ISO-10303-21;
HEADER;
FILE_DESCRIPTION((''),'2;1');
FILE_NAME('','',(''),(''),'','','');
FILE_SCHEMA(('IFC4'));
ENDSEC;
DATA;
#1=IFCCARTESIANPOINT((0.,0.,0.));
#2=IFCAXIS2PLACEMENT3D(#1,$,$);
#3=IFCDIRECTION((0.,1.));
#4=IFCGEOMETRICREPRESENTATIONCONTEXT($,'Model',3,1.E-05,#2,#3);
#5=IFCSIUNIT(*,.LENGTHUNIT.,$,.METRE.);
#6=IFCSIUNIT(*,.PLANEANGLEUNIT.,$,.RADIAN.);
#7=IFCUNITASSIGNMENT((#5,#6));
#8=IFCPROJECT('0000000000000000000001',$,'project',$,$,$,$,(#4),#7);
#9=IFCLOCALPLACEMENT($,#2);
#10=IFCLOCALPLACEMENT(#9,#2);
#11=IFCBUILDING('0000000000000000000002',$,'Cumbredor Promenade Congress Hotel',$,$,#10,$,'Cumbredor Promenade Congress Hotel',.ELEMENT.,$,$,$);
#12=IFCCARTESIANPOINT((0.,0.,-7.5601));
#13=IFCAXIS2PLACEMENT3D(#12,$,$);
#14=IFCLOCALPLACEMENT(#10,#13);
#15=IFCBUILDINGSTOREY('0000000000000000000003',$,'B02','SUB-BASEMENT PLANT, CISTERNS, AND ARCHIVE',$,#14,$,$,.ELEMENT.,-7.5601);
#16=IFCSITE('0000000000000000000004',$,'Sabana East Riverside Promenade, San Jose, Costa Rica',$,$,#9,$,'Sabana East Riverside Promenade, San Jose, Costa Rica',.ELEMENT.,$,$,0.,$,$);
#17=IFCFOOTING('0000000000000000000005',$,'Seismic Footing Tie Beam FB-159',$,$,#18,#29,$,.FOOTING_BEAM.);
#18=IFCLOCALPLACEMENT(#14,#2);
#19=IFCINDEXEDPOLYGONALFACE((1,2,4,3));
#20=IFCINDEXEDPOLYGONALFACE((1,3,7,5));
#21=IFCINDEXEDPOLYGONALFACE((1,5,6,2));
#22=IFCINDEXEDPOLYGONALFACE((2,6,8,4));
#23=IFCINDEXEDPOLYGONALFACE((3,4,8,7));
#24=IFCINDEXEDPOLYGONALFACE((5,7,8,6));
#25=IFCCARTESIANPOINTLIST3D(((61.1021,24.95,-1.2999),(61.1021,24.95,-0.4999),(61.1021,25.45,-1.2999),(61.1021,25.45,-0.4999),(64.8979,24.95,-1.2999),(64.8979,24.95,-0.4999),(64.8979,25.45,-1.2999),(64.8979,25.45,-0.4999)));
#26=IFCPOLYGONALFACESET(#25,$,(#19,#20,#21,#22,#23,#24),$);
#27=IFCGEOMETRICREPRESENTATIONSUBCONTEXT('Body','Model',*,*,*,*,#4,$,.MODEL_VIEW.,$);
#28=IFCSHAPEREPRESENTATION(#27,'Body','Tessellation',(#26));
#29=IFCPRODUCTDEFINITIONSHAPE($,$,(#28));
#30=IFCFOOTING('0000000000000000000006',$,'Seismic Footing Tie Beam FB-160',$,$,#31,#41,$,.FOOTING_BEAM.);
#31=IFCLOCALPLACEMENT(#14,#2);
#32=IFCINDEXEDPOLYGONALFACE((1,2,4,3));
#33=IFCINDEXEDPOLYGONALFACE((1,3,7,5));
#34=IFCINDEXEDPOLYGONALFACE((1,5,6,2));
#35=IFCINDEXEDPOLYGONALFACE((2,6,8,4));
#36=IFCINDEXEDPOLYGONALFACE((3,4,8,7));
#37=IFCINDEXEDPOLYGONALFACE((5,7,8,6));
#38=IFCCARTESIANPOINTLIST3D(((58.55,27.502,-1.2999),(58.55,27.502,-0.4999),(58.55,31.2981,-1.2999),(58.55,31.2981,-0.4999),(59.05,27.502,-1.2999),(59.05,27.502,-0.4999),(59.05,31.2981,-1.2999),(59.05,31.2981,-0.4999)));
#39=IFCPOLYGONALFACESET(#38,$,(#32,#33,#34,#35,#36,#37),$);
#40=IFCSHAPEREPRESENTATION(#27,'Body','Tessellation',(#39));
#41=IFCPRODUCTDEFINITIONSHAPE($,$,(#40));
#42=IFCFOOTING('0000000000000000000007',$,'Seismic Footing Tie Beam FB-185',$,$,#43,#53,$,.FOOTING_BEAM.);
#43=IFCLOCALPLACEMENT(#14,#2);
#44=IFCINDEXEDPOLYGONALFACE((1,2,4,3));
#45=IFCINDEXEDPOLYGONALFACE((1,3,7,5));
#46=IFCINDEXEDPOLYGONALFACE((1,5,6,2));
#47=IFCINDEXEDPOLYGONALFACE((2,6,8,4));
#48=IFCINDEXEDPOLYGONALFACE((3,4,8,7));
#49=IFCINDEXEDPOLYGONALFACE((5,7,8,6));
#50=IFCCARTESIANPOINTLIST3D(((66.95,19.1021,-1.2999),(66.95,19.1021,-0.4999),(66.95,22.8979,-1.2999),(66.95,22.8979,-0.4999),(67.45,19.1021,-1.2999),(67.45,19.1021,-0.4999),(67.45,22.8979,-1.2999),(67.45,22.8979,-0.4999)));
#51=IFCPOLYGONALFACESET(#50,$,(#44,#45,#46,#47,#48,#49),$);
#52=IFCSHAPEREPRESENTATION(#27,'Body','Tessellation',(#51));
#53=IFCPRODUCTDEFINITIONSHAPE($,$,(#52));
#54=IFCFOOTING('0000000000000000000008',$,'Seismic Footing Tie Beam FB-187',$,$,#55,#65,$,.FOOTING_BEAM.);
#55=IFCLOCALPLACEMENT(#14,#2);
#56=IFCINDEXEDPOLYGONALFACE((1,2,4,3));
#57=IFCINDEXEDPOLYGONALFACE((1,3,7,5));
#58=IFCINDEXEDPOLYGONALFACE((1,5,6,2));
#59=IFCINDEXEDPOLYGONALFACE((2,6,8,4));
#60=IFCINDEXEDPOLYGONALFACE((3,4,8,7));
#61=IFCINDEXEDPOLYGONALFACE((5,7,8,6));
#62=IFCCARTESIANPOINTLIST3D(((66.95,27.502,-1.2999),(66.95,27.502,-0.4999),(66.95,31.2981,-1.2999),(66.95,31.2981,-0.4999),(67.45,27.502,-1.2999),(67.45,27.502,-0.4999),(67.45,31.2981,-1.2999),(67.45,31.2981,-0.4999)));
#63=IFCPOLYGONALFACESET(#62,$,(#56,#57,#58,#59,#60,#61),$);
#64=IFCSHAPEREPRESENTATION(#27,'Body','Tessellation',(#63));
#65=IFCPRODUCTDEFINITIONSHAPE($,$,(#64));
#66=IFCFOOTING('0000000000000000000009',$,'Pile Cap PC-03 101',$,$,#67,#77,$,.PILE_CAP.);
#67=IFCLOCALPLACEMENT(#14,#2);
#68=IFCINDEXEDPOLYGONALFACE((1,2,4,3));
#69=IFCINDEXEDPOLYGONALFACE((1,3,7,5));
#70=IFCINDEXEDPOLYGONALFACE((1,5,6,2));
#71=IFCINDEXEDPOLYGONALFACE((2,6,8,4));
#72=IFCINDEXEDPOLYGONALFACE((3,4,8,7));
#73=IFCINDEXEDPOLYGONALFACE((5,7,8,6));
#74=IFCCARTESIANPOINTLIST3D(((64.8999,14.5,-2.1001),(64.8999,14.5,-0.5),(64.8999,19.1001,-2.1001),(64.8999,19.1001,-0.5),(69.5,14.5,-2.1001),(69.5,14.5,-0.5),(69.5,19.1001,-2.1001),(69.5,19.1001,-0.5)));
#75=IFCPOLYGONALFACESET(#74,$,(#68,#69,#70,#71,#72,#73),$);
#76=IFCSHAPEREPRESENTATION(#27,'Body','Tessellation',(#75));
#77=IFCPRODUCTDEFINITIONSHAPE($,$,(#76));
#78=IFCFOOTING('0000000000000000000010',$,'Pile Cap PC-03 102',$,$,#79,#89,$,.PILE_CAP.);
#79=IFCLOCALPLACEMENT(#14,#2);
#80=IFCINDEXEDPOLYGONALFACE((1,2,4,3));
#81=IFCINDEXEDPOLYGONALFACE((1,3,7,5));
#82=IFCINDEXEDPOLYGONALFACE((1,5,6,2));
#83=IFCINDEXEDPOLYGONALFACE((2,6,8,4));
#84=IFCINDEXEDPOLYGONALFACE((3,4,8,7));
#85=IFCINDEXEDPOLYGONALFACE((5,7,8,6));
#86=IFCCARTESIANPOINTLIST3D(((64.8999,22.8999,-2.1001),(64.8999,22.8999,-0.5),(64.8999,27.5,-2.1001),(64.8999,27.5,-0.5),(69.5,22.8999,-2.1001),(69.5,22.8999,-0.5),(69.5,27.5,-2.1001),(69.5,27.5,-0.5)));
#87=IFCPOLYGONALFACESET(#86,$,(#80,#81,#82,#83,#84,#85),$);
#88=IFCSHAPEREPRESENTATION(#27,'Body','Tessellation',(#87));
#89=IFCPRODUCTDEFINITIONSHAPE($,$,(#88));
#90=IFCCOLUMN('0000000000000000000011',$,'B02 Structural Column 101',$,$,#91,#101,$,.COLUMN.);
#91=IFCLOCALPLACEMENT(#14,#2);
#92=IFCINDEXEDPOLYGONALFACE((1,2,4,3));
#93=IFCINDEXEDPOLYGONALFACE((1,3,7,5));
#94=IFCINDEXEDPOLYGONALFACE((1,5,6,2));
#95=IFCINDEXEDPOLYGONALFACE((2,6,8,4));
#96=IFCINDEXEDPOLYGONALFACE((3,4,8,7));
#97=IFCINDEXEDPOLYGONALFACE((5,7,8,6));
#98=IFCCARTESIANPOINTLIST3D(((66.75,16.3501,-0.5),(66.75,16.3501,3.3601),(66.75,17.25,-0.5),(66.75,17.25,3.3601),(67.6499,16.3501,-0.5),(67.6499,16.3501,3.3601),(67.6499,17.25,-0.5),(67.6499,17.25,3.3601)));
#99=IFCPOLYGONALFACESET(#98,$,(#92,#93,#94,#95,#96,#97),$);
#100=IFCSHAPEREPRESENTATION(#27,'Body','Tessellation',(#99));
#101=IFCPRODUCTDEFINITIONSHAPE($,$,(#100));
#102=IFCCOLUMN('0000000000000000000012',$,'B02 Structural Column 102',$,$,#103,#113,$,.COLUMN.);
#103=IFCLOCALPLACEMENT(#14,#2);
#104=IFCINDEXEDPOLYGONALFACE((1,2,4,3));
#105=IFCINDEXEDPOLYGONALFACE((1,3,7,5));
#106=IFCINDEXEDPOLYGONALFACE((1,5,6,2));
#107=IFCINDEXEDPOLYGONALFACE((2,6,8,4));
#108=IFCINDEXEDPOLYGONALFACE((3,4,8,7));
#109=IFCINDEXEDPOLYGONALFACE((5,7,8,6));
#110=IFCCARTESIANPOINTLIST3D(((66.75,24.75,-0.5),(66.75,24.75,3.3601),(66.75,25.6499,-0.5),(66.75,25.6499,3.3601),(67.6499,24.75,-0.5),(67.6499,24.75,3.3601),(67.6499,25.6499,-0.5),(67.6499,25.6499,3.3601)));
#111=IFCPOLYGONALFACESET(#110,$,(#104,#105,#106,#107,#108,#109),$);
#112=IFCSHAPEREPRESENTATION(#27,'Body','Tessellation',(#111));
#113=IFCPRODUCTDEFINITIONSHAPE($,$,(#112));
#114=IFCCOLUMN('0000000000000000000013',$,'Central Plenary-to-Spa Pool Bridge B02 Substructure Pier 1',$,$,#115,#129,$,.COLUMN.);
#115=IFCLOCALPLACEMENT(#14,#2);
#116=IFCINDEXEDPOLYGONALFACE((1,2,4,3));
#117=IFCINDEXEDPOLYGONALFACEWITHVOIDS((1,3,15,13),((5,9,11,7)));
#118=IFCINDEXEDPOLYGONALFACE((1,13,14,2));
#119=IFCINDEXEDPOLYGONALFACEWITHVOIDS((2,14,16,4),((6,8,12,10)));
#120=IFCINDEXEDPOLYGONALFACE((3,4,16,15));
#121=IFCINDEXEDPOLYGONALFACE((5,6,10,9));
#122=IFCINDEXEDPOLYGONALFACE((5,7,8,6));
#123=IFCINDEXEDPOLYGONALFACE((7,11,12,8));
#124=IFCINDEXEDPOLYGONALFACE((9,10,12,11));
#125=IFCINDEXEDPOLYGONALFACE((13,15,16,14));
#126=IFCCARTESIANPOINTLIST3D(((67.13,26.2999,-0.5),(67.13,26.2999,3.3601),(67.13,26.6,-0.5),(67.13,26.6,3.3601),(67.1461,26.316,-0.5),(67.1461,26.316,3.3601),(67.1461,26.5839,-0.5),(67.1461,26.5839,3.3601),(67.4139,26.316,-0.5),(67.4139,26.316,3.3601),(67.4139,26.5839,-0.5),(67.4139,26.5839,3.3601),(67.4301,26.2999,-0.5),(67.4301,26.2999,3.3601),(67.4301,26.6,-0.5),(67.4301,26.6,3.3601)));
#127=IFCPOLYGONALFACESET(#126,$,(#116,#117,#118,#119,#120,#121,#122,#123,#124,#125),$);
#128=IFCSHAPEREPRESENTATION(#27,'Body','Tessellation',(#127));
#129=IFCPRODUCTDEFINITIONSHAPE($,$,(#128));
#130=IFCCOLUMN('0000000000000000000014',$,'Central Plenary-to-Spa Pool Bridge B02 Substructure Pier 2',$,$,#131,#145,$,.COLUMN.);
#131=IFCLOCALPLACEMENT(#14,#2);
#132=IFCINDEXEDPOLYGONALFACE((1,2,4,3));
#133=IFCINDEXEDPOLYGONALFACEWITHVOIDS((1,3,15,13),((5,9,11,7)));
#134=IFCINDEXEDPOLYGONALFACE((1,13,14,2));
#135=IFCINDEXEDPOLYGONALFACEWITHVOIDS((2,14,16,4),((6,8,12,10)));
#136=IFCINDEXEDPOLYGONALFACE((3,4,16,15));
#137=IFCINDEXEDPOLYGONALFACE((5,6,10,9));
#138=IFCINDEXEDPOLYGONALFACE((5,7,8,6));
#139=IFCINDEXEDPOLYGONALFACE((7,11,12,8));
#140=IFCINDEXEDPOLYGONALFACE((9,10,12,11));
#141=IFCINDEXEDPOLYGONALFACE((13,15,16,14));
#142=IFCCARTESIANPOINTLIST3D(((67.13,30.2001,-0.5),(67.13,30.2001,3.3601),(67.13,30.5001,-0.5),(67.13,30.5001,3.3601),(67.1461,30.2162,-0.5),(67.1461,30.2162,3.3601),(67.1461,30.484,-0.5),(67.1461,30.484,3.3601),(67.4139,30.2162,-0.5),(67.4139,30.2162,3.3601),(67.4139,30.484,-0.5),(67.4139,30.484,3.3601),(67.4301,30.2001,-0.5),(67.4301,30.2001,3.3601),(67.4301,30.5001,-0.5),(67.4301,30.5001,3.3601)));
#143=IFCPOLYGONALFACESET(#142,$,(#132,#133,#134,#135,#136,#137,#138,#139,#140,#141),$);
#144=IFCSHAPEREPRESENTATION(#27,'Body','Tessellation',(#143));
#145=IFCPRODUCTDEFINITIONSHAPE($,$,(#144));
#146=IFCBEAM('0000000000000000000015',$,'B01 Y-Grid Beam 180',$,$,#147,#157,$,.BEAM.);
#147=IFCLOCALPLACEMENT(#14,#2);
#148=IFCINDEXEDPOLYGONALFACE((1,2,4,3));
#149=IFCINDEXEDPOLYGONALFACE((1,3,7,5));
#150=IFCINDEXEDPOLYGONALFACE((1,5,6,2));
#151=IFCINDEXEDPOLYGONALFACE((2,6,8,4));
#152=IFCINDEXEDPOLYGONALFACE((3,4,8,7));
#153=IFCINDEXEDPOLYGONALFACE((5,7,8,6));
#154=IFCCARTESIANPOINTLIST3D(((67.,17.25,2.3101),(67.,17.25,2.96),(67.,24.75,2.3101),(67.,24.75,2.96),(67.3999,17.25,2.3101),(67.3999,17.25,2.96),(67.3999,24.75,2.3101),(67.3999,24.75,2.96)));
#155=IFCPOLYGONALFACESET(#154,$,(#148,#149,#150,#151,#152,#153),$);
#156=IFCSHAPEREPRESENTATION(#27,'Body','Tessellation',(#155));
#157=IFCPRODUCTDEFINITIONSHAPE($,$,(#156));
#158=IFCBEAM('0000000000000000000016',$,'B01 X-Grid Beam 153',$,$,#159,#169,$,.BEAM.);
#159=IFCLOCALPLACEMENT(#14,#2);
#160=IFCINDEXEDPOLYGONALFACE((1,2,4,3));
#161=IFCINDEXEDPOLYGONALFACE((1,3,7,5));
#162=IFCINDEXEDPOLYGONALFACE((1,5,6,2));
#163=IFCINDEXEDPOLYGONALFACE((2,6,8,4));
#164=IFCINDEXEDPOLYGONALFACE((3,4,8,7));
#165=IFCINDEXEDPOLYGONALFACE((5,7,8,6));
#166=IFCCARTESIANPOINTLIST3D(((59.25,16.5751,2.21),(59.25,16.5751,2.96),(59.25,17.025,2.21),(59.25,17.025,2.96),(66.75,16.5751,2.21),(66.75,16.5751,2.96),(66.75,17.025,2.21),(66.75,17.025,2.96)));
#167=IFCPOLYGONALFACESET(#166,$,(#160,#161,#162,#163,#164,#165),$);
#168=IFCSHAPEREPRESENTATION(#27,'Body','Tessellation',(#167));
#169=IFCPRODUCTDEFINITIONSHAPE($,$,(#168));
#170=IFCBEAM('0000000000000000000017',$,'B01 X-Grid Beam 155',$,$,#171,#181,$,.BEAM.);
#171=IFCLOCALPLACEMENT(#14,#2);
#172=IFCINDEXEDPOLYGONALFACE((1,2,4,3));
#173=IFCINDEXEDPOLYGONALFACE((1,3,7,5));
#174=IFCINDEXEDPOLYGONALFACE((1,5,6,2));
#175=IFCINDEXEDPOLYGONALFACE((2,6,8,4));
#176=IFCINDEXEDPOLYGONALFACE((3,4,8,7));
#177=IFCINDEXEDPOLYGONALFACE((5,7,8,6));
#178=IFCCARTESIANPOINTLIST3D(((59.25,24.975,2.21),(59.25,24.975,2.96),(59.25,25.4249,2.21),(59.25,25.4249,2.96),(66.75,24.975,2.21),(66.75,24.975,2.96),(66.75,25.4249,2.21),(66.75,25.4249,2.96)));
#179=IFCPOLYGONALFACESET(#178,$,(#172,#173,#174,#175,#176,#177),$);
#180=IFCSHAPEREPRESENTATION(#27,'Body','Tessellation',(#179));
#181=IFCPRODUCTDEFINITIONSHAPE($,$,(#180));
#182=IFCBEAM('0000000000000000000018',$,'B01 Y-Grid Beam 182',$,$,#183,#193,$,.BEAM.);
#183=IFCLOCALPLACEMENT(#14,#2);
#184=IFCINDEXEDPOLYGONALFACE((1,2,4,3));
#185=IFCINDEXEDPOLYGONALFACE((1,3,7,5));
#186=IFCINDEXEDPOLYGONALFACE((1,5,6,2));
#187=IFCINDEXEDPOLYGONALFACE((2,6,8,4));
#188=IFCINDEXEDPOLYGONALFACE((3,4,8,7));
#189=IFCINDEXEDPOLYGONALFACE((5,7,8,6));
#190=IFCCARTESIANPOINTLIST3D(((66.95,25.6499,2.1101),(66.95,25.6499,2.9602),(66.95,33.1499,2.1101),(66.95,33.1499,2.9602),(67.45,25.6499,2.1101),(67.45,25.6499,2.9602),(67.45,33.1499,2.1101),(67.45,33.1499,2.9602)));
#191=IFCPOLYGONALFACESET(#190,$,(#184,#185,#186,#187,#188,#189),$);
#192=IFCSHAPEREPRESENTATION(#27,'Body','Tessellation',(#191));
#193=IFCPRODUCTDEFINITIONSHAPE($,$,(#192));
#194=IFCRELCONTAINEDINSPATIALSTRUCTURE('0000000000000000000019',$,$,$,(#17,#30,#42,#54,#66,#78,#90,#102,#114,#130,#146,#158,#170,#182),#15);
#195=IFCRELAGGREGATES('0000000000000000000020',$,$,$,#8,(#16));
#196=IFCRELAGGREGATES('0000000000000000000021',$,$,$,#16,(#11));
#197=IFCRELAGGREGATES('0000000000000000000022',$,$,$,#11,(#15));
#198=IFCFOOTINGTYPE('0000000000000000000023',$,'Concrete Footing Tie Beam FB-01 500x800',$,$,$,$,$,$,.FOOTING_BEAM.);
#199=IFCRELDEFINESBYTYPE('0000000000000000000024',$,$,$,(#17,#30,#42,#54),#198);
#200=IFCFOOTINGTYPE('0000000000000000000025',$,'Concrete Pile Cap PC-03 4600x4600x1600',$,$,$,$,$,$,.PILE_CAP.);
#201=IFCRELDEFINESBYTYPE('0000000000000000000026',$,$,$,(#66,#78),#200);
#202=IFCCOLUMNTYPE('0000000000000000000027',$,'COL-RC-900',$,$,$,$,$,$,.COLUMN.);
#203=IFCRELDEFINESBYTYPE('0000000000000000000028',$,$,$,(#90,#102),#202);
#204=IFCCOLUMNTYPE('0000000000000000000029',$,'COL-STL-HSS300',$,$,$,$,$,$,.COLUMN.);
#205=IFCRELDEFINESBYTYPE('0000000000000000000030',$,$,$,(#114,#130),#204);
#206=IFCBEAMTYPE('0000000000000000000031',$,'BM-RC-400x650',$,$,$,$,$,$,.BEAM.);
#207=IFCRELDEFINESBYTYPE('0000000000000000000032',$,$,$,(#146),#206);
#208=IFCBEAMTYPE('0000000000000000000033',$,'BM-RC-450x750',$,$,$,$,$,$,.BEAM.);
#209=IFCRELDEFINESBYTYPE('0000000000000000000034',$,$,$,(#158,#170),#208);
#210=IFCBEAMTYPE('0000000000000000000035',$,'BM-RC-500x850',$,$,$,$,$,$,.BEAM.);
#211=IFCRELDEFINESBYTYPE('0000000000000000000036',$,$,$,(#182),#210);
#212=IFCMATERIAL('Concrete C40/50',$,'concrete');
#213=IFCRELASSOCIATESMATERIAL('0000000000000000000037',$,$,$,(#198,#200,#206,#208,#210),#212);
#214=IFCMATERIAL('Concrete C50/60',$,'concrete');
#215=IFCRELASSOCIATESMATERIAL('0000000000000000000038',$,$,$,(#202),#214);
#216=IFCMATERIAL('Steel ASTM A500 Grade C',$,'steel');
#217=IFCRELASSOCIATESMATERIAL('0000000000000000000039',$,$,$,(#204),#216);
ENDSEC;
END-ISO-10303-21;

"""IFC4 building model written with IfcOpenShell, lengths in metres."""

from ifc_helpers import new_model, si_unit, direction, frame, origin, origin_2d, place, context, subcontext, project, spatial, rectangle, hollow_rectangle, extrude, material, material_profile, profile_set, type_object, element, save


model = new_model("IFC4")

# Units and contexts
model_context = context("Model", 3, precision=1e-05, world=origin(), true_north=direction((0.0, 1.0)))
body_context = subcontext(model_context, "Body", "Model", "MODEL_VIEW")
ifc_project = project(units=[si_unit("LENGTHUNIT", "METRE"), si_unit("PLANEANGLEUNIT", "RADIAN")], contexts=[model_context])

# Site, building, storey
site_placement = place(None, origin())
site = spatial("IfcSite", under=ifc_project, at=site_placement, Name="Sabana East Riverside Promenade, San Jose, Costa Rica", LongName="Sabana East Riverside Promenade, San Jose, Costa Rica", CompositionType="ELEMENT", RefElevation=0.0)
building_placement = place(site_placement, origin())
building = spatial("IfcBuilding", under=site, at=building_placement, Name="Cumbredor Promenade Congress Hotel", LongName="Cumbredor Promenade Congress Hotel", CompositionType="ELEMENT")
storey_placement = place(building_placement, frame((0.0, 0.0, -7.5601)))
storey = spatial("IfcBuildingStorey", under=building, at=storey_placement, Name="B02", Description="SUB-BASEMENT PLANT, CISTERNS, AND ARCHIVE", CompositionType="ELEMENT", Elevation=-7.5601)

# Shared definitions
ifc_material_1 = material(Name="Concrete C40/50", Category="concrete")

# Footings
ifc_material_profile_1 = material_profile(ifc_material_1, rectangle(XDim=0.5, YDim=0.8, at=origin_2d()), Name="FB 500x800")
ifc_profile_set_1 = profile_set([ifc_material_profile_1], Name="Concrete C40/50")
footing_type_1 = type_object("IfcFootingType", Name="Concrete Footing Tie Beam FB-01 500x800", PredefinedType="FOOTING_BEAM", material=ifc_profile_set_1)
for number, where, z_axis, x_axis, name in (
    (1, (61.1021, 25.2, -0.8999), (1.0, 0.0, 0.0), (0.0, 1.0, 0.0), "Seismic Footing Tie Beam FB-159"),
):
    element("IfcFooting", number, at=place(storey_placement, frame(where, z_axis=z_axis, x_axis=x_axis)), inside=storey, type_object=footing_type_1, Name=name, PredefinedType="FOOTING_BEAM", context=body_context, shape_type="SweptSolid", body=[
        extrude(rectangle(XDim=0.5, YDim=0.8, at=origin_2d()), origin(), (0.0, 0.0, 1.0), 3.7959),
    ])
footing_1_placement = place(storey_placement, frame((58.8, 27.502, -0.8999), z_axis=(0.0, 1.0, 0.0), x_axis=(-1.0, 0.0, 0.0)))
element("IfcFooting", 2, at=footing_1_placement, inside=storey, type_object=footing_type_1, Name="Seismic Footing Tie Beam FB-160", PredefinedType="FOOTING_BEAM", context=body_context, shape_type="SweptSolid", body=[
    extrude(rectangle(XDim=0.5, YDim=0.8, at=origin_2d()), origin(), (0.0, 0.0, 1.0), 3.7961),
])
footing_2_placement = place(storey_placement, frame((67.2, 19.1021, -0.8999), z_axis=(0.0, 1.0, 0.0), x_axis=(-1.0, 0.0, 0.0)))
element("IfcFooting", 3, at=footing_2_placement, inside=storey, type_object=footing_type_1, Name="Seismic Footing Tie Beam FB-185", PredefinedType="FOOTING_BEAM", context=body_context, shape_type="SweptSolid", body=[
    extrude(rectangle(XDim=0.5, YDim=0.8, at=origin_2d()), origin(), (0.0, 0.0, 1.0), 3.7959),
])
footing_3_placement = place(storey_placement, frame((67.2, 27.502, -0.8999), z_axis=(0.0, 1.0, 0.0), x_axis=(-1.0, 0.0, 0.0)))
element("IfcFooting", 4, at=footing_3_placement, inside=storey, type_object=footing_type_1, Name="Seismic Footing Tie Beam FB-187", PredefinedType="FOOTING_BEAM", context=body_context, shape_type="SweptSolid", body=[
    extrude(rectangle(XDim=0.5, YDim=0.8, at=origin_2d()), origin(), (0.0, 0.0, 1.0), 3.7961),
])
footing_type_2 = type_object("IfcFootingType", Name="Concrete Pile Cap PC-03 4600x4600x1600", PredefinedType="PILE_CAP", material=ifc_material_1)
for number, where, z_axis, x_axis, name in (
    (5, (67.2, 16.8, -2.1001), (0.0, 0.0, 1.0), (1.0, 0.0, 0.0), "Pile Cap PC-03 101"),
    (6, (67.2, 25.2, -2.1001), (0.0, 0.0, 1.0), (1.0, 0.0, 0.0), "Pile Cap PC-03 102"),
):
    element("IfcFooting", number, at=place(storey_placement, frame(where, z_axis=z_axis, x_axis=x_axis)), inside=storey, type_object=footing_type_2, Name=name, PredefinedType="PILE_CAP", context=body_context, shape_type="SweptSolid", body=[
        extrude(rectangle(XDim=4.6001, YDim=4.6001, at=origin_2d()), origin(), (0.0, 0.0, 1.0), 1.6001),
    ])

# Columns
ifc_material_2 = material(Name="Concrete C50/60", Category="concrete")
ifc_material_profile_2 = material_profile(ifc_material_2, rectangle(XDim=0.8999, YDim=0.8999, at=origin_2d()), Name="RC 900x900")
ifc_profile_set_2 = profile_set([ifc_material_profile_2], Name="Concrete C50/60")
column_type_1 = type_object("IfcColumnType", Name="COL-RC-900", PredefinedType="COLUMN", material=ifc_profile_set_2)
for number, where, z_axis, x_axis, name in (
    (7, (67.2, 16.8, -0.5), (0.0, 0.0, 1.0), (1.0, 0.0, 0.0), "B02 Structural Column 101"),
    (8, (67.2, 25.2, -0.5), (0.0, 0.0, 1.0), (1.0, 0.0, 0.0), "B02 Structural Column 102"),
):
    element("IfcColumn", number, at=place(storey_placement, frame(where, z_axis=z_axis, x_axis=x_axis)), inside=storey, type_object=column_type_1, Name=name, PredefinedType="COLUMN", context=body_context, shape_type="SweptSolid", body=[
        extrude(rectangle(XDim=0.8999, YDim=0.8999, at=origin_2d()), origin(), (0.0, 0.0, 1.0), 3.8601),
    ])
ifc_material_3 = material(Name="Steel ASTM A500 Grade C", Category="steel")
ifc_material_profile_3 = material_profile(ifc_material_3, hollow_rectangle(XDim=0.3, YDim=0.3, WallThickness=0.0161, at=origin_2d()), Name="HSS 300x300x16")
ifc_profile_set_3 = profile_set([ifc_material_profile_3], Name="Steel ASTM A500 Grade C")
column_type_2 = type_object("IfcColumnType", Name="COL-STL-HSS300", PredefinedType="COLUMN", material=ifc_profile_set_3)
for number, where, z_axis, x_axis, name in (
    (9, (67.28, 26.45, -0.5), (0.0, 0.0, 1.0), (1.0, 0.0, 0.0), "Central Plenary-to-Spa Pool Bridge B02 Substructure Pier 1"),
    (10, (67.28, 30.3501, -0.5), (0.0, 0.0, 1.0), (1.0, 0.0, 0.0), "Central Plenary-to-Spa Pool Bridge B02 Substructure Pier 2"),
):
    element("IfcColumn", number, at=place(storey_placement, frame(where, z_axis=z_axis, x_axis=x_axis)), inside=storey, type_object=column_type_2, Name=name, PredefinedType="COLUMN", context=body_context, shape_type="SweptSolid", body=[
        extrude(hollow_rectangle(XDim=0.3, YDim=0.3, WallThickness=0.0161, at=origin_2d()), origin(), (0.0, 0.0, 1.0), 3.8601),
    ])

# Beams
ifc_material_profile_4 = material_profile(ifc_material_1, rectangle(XDim=0.3999, YDim=0.6499, at=origin_2d()), Name="RC BEAM 400x650")
ifc_profile_set_4 = profile_set([ifc_material_profile_4], Name="Concrete C40/50")
beam_type_1 = type_object("IfcBeamType", Name="BM-RC-400x650", PredefinedType="BEAM", material=ifc_profile_set_4)
beam_1_placement = place(storey_placement, frame((67.2, 17.25, 2.635), z_axis=(0.0, 1.0, 0.0), x_axis=(-1.0, 0.0, 0.0)))
element("IfcBeam", 11, at=beam_1_placement, inside=storey, type_object=beam_type_1, Name="B01 Y-Grid Beam 180", PredefinedType="BEAM", context=body_context, shape_type="SweptSolid", body=[
    extrude(rectangle(XDim=0.3999, YDim=0.6499, at=origin_2d()), origin(), (0.0, 0.0, 1.0), 7.5),
])
ifc_material_profile_5 = material_profile(ifc_material_1, rectangle(XDim=0.45, YDim=0.75, at=origin_2d()), Name="RC BEAM 450x750")
ifc_profile_set_5 = profile_set([ifc_material_profile_5], Name="Concrete C40/50")
beam_type_2 = type_object("IfcBeamType", Name="BM-RC-450x750", PredefinedType="BEAM", material=ifc_profile_set_5)
for number, where, z_axis, x_axis, name in (
    (12, (59.25, 16.8, 2.585), (1.0, 0.0, 0.0), (0.0, 1.0, 0.0), "B01 X-Grid Beam 153"),
    (13, (59.25, 25.2, 2.585), (1.0, 0.0, 0.0), (0.0, 1.0, 0.0), "B01 X-Grid Beam 155"),
):
    element("IfcBeam", number, at=place(storey_placement, frame(where, z_axis=z_axis, x_axis=x_axis)), inside=storey, type_object=beam_type_2, Name=name, PredefinedType="BEAM", context=body_context, shape_type="SweptSolid", body=[
        extrude(rectangle(XDim=0.45, YDim=0.75, at=origin_2d()), origin(), (0.0, 0.0, 1.0), 7.5),
    ])
ifc_material_profile_6 = material_profile(ifc_material_1, rectangle(XDim=0.5, YDim=0.8501, at=origin_2d()), Name="RC BEAM 500x850")
ifc_profile_set_6 = profile_set([ifc_material_profile_6], Name="Concrete C40/50")
beam_type_3 = type_object("IfcBeamType", Name="BM-RC-500x850", PredefinedType="BEAM", material=ifc_profile_set_6)
beam_2_placement = place(storey_placement, frame((67.2, 25.6499, 2.5352), z_axis=(0.0, 1.0, 0.0), x_axis=(-1.0, 0.0, 0.0)))
element("IfcBeam", 14, at=beam_2_placement, inside=storey, type_object=beam_type_3, Name="B01 Y-Grid Beam 182", PredefinedType="BEAM", context=body_context, shape_type="SweptSolid", body=[
    extrude(rectangle(XDim=0.5, YDim=0.8501, at=origin_2d()), origin(), (0.0, 0.0, 1.0), 7.5),
])

save(model, "model.ifc")
